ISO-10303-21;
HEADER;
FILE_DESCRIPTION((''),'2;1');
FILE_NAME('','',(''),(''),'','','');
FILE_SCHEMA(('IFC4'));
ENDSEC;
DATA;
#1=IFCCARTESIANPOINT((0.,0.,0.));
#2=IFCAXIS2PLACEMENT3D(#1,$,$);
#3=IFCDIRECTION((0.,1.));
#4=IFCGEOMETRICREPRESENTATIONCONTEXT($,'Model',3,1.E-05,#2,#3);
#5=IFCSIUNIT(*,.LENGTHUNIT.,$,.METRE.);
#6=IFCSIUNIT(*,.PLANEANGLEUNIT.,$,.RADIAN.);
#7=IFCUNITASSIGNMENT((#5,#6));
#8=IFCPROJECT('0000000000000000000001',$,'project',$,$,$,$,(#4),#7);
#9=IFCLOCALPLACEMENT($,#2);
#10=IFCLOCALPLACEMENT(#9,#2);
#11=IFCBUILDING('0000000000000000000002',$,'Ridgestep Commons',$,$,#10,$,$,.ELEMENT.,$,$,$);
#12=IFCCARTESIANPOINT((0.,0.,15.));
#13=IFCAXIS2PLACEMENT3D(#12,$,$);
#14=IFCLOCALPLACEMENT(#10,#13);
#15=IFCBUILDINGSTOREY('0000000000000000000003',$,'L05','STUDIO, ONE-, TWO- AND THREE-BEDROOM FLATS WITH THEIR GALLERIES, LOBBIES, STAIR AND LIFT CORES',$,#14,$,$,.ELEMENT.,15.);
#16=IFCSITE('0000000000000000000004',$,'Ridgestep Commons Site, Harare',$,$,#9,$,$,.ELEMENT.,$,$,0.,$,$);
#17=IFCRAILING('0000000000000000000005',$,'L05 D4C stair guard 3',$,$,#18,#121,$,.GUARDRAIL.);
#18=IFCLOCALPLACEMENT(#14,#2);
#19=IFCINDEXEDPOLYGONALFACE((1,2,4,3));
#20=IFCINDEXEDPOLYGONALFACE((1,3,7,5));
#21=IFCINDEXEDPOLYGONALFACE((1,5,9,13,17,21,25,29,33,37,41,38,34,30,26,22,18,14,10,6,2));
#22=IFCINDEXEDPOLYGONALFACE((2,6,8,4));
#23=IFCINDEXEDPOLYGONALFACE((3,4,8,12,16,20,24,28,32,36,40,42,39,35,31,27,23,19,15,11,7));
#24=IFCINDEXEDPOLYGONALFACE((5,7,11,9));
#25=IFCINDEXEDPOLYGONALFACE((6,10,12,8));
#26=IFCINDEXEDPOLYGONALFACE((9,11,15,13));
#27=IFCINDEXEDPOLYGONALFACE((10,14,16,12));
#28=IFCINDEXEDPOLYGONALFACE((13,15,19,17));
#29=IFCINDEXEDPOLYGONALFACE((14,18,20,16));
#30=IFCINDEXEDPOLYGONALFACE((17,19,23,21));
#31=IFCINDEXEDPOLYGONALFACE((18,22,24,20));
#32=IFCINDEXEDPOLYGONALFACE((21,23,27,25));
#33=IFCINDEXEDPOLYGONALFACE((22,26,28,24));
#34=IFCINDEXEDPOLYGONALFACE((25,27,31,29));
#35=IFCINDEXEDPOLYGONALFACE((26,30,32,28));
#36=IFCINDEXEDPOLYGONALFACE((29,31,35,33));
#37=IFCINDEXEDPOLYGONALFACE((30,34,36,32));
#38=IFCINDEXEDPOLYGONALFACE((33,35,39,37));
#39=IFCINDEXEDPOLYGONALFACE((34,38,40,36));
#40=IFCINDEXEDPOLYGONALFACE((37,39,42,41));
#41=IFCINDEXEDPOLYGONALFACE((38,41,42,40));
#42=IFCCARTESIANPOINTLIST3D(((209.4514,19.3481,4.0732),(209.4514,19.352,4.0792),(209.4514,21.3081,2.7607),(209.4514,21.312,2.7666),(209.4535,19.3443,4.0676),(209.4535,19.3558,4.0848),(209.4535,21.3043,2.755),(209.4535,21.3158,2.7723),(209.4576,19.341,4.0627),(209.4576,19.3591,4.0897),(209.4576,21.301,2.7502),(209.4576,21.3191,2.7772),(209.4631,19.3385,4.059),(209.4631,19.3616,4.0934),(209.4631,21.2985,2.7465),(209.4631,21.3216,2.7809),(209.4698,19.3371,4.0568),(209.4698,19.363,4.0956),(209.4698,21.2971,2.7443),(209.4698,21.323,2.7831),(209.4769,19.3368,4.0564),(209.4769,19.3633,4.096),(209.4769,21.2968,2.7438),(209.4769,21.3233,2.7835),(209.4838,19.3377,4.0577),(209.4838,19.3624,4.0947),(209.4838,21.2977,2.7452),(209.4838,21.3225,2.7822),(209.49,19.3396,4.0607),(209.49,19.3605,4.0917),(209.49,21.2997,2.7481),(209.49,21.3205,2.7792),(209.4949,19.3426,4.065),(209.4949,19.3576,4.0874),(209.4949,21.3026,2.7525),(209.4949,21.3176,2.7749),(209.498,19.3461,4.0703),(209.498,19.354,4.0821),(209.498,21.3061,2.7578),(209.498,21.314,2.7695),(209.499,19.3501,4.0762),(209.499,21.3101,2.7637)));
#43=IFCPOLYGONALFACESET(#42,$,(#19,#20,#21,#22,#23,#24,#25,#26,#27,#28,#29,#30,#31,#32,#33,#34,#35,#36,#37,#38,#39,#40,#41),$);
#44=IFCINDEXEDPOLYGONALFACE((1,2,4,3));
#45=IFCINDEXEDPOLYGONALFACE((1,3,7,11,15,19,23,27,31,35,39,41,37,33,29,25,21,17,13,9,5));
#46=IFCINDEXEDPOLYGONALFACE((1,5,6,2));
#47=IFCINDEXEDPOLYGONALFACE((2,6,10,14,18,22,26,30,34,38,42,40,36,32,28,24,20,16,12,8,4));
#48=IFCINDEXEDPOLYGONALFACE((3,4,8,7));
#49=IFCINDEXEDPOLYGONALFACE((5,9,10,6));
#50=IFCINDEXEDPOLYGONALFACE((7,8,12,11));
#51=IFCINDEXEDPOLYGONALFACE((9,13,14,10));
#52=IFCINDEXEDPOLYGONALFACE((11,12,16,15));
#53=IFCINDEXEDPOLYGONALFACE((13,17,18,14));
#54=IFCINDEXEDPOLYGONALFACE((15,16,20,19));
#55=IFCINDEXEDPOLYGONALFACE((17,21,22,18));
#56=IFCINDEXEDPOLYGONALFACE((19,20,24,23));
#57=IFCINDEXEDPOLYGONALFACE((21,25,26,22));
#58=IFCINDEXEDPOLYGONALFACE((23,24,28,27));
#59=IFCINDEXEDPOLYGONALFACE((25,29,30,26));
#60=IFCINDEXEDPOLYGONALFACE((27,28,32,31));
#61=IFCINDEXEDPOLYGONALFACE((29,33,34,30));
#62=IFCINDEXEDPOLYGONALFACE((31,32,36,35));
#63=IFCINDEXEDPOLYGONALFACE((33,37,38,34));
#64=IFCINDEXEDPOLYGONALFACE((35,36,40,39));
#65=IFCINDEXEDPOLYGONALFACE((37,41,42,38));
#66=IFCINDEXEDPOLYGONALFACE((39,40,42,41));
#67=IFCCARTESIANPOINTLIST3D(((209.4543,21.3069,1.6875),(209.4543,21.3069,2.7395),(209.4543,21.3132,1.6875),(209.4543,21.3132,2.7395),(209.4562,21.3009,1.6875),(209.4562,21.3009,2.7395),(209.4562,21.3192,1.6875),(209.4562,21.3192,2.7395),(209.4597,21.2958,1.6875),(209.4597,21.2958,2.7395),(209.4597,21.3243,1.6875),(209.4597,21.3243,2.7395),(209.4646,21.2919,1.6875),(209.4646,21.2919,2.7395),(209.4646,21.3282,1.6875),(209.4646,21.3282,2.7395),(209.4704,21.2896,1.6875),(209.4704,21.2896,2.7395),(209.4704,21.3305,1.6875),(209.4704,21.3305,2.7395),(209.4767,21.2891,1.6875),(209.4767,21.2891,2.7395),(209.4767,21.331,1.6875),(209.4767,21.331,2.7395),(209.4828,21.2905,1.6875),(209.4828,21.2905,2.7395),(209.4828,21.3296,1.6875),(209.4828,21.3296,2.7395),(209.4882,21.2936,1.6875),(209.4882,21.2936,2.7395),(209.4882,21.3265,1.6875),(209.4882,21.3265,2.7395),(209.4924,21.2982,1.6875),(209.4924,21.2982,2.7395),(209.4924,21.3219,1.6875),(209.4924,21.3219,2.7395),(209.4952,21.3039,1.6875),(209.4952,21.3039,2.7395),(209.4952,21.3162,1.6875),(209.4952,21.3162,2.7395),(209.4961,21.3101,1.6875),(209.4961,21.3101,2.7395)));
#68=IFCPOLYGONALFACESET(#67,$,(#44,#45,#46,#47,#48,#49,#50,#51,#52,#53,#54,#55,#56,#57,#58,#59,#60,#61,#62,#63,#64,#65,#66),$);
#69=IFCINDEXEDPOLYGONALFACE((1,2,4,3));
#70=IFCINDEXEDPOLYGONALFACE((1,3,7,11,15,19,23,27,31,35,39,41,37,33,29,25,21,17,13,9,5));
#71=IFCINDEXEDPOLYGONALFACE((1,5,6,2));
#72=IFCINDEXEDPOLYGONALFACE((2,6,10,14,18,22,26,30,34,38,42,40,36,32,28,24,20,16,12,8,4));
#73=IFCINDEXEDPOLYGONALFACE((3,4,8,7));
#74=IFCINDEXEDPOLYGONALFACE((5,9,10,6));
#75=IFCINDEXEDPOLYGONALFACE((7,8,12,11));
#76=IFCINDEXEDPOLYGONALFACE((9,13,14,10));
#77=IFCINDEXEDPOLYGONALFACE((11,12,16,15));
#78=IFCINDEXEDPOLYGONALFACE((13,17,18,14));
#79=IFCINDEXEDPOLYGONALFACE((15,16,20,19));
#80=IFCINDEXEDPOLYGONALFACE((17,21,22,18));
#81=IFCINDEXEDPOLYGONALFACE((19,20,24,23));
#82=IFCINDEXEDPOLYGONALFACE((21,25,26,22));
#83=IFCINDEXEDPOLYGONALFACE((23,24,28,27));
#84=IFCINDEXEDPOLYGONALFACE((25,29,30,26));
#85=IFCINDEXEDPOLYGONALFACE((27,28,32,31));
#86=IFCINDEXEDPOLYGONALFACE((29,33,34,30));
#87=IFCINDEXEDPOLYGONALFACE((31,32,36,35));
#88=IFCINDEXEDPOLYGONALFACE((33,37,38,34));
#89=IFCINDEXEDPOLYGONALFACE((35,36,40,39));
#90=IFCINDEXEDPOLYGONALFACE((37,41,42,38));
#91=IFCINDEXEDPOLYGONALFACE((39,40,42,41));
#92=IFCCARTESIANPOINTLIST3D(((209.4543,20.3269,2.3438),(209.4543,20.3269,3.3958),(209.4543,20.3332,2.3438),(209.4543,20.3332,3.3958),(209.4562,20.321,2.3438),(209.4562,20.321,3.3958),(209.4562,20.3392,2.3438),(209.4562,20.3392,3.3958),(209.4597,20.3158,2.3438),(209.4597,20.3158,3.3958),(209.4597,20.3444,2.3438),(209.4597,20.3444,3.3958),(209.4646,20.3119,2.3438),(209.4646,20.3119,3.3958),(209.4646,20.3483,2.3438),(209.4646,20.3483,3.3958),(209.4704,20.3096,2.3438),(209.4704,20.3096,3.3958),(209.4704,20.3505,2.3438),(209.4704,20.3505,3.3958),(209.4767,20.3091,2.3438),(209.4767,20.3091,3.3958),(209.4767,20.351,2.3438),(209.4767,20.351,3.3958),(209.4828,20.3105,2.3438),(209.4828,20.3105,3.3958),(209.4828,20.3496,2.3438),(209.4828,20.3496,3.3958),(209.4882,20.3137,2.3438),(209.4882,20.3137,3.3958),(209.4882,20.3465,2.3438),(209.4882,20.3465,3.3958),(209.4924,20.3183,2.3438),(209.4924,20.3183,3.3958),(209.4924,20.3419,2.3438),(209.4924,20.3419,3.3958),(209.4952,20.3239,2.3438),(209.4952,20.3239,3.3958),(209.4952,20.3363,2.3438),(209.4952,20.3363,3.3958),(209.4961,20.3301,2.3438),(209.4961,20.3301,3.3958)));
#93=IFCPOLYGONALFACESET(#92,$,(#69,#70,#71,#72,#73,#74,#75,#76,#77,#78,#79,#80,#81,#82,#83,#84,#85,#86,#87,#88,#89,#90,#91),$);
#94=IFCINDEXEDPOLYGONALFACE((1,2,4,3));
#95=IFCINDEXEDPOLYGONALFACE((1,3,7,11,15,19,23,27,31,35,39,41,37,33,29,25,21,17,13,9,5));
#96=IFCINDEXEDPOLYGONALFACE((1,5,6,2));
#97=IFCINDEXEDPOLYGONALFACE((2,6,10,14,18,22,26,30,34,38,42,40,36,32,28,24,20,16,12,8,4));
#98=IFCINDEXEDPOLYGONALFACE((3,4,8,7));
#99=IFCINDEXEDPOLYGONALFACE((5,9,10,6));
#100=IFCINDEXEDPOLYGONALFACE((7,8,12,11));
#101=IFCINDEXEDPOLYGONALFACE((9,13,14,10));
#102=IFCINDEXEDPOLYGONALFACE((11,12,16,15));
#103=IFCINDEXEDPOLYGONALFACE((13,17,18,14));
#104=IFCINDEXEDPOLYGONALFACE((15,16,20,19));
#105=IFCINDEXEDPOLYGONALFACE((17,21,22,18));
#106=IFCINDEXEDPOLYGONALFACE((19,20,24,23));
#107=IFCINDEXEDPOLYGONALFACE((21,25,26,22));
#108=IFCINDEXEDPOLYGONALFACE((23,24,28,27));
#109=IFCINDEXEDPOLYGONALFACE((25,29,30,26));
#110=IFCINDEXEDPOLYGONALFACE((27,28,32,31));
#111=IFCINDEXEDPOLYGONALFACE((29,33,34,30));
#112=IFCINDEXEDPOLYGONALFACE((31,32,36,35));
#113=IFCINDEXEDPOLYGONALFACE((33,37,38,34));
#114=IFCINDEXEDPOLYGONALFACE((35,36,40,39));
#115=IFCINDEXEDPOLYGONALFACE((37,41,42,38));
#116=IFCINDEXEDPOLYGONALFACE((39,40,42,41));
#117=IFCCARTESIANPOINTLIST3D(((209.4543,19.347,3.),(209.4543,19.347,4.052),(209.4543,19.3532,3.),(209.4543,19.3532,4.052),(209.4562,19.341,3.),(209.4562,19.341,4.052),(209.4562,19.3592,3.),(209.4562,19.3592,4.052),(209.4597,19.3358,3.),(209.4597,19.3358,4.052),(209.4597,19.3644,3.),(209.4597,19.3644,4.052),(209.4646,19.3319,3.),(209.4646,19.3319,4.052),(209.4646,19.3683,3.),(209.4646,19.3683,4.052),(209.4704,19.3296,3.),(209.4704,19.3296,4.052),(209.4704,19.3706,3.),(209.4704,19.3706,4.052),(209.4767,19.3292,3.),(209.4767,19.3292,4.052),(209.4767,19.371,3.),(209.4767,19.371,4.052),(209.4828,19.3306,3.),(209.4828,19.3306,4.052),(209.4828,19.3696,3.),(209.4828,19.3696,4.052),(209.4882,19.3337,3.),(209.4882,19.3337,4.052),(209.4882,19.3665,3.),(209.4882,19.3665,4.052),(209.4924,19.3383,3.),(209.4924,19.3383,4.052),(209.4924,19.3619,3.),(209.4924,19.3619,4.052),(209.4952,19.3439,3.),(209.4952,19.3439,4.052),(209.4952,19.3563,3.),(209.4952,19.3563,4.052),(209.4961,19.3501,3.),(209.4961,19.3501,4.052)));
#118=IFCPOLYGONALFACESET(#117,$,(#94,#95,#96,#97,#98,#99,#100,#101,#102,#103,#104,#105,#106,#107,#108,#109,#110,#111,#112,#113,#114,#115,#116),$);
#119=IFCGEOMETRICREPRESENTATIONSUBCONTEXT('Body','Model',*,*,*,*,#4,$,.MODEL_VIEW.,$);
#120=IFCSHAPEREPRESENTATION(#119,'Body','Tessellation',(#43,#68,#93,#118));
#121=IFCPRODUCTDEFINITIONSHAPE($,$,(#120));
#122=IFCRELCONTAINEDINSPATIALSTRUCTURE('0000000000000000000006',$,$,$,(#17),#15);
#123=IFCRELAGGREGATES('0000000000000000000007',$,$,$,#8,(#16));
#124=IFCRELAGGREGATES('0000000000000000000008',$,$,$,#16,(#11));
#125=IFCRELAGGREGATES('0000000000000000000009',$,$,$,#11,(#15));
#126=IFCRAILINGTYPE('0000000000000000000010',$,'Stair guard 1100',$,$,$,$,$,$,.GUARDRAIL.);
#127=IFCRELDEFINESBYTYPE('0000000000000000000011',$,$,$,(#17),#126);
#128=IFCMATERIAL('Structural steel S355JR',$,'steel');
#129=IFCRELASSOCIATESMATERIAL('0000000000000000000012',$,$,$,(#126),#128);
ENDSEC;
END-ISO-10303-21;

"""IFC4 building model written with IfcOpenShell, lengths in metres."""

from ifc_helpers import new_model, si_unit, direction, frame, origin, origin_2d, place, context, subcontext, project, spatial, circle, extrude, material, type_object, element, save


model = new_model("IFC4")

# Units and contexts
model_context = context("Model", 3, precision=1e-05, world=origin(), true_north=direction((0.0, 1.0)))
body_context = subcontext(model_context, "Body", "Model", "MODEL_VIEW")
ifc_project = project(units=[si_unit("LENGTHUNIT", "METRE"), si_unit("PLANEANGLEUNIT", "RADIAN")], contexts=[model_context])

# Site, building, storey
site_placement = place(None, origin())
site = spatial("IfcSite", under=ifc_project, at=site_placement, Name="Ridgestep Commons Site, Harare", CompositionType="ELEMENT", RefElevation=0.0)
building_placement = place(site_placement, origin())
building = spatial("IfcBuilding", under=site, at=building_placement, Name="Ridgestep Commons", CompositionType="ELEMENT")
storey_placement = place(building_placement, frame((0.0, 0.0, 15.0)))
storey = spatial("IfcBuildingStorey", under=building, at=storey_placement, Name="L05", Description="STUDIO, ONE-, TWO- AND THREE-BEDROOM FLATS WITH THEIR GALLERIES, LOBBIES, STAIR AND LIFT CORES", CompositionType="ELEMENT", Elevation=15.0)

# Railing
ifc_material_1 = material(Name="Structural steel S355JR", Category="steel")
railing_type_1 = type_object("IfcRailingType", Name="Stair guard 1100", PredefinedType="GUARDRAIL", material=ifc_material_1)
railing_1_placement = place(storey_placement, frame((209.4751, 21.3101, 1.6875)))
element("IfcRailing", 1, at=railing_1_placement, inside=storey, type_object=railing_type_1, Name="L05 D4C stair guard 3", PredefinedType="GUARDRAIL", context=body_context, shape_type="SweptSolid", body=[
    extrude(circle(Radius=0.0239, at=origin_2d()), frame((0.0, 0.0, 1.0762), z_axis=(0.0, -0.830902, 0.556419), x_axis=(1.0, 0.0, 0.0)), (0.0, 0.0, 1.0), 2.3589),
    extrude(circle(Radius=0.021, at=origin_2d()), origin(), (0.0, 0.0, 1.0), 1.052),
    extrude(circle(Radius=0.021, at=origin_2d()), frame((0.0, -0.98, 0.6562)), (0.0, 0.0, 1.0), 1.052),
    extrude(circle(Radius=0.021, at=origin_2d()), frame((0.0, -1.96, 1.3125)), (0.0, 0.0, 1.0), 1.052),
])

save(model, "model.ifc")
